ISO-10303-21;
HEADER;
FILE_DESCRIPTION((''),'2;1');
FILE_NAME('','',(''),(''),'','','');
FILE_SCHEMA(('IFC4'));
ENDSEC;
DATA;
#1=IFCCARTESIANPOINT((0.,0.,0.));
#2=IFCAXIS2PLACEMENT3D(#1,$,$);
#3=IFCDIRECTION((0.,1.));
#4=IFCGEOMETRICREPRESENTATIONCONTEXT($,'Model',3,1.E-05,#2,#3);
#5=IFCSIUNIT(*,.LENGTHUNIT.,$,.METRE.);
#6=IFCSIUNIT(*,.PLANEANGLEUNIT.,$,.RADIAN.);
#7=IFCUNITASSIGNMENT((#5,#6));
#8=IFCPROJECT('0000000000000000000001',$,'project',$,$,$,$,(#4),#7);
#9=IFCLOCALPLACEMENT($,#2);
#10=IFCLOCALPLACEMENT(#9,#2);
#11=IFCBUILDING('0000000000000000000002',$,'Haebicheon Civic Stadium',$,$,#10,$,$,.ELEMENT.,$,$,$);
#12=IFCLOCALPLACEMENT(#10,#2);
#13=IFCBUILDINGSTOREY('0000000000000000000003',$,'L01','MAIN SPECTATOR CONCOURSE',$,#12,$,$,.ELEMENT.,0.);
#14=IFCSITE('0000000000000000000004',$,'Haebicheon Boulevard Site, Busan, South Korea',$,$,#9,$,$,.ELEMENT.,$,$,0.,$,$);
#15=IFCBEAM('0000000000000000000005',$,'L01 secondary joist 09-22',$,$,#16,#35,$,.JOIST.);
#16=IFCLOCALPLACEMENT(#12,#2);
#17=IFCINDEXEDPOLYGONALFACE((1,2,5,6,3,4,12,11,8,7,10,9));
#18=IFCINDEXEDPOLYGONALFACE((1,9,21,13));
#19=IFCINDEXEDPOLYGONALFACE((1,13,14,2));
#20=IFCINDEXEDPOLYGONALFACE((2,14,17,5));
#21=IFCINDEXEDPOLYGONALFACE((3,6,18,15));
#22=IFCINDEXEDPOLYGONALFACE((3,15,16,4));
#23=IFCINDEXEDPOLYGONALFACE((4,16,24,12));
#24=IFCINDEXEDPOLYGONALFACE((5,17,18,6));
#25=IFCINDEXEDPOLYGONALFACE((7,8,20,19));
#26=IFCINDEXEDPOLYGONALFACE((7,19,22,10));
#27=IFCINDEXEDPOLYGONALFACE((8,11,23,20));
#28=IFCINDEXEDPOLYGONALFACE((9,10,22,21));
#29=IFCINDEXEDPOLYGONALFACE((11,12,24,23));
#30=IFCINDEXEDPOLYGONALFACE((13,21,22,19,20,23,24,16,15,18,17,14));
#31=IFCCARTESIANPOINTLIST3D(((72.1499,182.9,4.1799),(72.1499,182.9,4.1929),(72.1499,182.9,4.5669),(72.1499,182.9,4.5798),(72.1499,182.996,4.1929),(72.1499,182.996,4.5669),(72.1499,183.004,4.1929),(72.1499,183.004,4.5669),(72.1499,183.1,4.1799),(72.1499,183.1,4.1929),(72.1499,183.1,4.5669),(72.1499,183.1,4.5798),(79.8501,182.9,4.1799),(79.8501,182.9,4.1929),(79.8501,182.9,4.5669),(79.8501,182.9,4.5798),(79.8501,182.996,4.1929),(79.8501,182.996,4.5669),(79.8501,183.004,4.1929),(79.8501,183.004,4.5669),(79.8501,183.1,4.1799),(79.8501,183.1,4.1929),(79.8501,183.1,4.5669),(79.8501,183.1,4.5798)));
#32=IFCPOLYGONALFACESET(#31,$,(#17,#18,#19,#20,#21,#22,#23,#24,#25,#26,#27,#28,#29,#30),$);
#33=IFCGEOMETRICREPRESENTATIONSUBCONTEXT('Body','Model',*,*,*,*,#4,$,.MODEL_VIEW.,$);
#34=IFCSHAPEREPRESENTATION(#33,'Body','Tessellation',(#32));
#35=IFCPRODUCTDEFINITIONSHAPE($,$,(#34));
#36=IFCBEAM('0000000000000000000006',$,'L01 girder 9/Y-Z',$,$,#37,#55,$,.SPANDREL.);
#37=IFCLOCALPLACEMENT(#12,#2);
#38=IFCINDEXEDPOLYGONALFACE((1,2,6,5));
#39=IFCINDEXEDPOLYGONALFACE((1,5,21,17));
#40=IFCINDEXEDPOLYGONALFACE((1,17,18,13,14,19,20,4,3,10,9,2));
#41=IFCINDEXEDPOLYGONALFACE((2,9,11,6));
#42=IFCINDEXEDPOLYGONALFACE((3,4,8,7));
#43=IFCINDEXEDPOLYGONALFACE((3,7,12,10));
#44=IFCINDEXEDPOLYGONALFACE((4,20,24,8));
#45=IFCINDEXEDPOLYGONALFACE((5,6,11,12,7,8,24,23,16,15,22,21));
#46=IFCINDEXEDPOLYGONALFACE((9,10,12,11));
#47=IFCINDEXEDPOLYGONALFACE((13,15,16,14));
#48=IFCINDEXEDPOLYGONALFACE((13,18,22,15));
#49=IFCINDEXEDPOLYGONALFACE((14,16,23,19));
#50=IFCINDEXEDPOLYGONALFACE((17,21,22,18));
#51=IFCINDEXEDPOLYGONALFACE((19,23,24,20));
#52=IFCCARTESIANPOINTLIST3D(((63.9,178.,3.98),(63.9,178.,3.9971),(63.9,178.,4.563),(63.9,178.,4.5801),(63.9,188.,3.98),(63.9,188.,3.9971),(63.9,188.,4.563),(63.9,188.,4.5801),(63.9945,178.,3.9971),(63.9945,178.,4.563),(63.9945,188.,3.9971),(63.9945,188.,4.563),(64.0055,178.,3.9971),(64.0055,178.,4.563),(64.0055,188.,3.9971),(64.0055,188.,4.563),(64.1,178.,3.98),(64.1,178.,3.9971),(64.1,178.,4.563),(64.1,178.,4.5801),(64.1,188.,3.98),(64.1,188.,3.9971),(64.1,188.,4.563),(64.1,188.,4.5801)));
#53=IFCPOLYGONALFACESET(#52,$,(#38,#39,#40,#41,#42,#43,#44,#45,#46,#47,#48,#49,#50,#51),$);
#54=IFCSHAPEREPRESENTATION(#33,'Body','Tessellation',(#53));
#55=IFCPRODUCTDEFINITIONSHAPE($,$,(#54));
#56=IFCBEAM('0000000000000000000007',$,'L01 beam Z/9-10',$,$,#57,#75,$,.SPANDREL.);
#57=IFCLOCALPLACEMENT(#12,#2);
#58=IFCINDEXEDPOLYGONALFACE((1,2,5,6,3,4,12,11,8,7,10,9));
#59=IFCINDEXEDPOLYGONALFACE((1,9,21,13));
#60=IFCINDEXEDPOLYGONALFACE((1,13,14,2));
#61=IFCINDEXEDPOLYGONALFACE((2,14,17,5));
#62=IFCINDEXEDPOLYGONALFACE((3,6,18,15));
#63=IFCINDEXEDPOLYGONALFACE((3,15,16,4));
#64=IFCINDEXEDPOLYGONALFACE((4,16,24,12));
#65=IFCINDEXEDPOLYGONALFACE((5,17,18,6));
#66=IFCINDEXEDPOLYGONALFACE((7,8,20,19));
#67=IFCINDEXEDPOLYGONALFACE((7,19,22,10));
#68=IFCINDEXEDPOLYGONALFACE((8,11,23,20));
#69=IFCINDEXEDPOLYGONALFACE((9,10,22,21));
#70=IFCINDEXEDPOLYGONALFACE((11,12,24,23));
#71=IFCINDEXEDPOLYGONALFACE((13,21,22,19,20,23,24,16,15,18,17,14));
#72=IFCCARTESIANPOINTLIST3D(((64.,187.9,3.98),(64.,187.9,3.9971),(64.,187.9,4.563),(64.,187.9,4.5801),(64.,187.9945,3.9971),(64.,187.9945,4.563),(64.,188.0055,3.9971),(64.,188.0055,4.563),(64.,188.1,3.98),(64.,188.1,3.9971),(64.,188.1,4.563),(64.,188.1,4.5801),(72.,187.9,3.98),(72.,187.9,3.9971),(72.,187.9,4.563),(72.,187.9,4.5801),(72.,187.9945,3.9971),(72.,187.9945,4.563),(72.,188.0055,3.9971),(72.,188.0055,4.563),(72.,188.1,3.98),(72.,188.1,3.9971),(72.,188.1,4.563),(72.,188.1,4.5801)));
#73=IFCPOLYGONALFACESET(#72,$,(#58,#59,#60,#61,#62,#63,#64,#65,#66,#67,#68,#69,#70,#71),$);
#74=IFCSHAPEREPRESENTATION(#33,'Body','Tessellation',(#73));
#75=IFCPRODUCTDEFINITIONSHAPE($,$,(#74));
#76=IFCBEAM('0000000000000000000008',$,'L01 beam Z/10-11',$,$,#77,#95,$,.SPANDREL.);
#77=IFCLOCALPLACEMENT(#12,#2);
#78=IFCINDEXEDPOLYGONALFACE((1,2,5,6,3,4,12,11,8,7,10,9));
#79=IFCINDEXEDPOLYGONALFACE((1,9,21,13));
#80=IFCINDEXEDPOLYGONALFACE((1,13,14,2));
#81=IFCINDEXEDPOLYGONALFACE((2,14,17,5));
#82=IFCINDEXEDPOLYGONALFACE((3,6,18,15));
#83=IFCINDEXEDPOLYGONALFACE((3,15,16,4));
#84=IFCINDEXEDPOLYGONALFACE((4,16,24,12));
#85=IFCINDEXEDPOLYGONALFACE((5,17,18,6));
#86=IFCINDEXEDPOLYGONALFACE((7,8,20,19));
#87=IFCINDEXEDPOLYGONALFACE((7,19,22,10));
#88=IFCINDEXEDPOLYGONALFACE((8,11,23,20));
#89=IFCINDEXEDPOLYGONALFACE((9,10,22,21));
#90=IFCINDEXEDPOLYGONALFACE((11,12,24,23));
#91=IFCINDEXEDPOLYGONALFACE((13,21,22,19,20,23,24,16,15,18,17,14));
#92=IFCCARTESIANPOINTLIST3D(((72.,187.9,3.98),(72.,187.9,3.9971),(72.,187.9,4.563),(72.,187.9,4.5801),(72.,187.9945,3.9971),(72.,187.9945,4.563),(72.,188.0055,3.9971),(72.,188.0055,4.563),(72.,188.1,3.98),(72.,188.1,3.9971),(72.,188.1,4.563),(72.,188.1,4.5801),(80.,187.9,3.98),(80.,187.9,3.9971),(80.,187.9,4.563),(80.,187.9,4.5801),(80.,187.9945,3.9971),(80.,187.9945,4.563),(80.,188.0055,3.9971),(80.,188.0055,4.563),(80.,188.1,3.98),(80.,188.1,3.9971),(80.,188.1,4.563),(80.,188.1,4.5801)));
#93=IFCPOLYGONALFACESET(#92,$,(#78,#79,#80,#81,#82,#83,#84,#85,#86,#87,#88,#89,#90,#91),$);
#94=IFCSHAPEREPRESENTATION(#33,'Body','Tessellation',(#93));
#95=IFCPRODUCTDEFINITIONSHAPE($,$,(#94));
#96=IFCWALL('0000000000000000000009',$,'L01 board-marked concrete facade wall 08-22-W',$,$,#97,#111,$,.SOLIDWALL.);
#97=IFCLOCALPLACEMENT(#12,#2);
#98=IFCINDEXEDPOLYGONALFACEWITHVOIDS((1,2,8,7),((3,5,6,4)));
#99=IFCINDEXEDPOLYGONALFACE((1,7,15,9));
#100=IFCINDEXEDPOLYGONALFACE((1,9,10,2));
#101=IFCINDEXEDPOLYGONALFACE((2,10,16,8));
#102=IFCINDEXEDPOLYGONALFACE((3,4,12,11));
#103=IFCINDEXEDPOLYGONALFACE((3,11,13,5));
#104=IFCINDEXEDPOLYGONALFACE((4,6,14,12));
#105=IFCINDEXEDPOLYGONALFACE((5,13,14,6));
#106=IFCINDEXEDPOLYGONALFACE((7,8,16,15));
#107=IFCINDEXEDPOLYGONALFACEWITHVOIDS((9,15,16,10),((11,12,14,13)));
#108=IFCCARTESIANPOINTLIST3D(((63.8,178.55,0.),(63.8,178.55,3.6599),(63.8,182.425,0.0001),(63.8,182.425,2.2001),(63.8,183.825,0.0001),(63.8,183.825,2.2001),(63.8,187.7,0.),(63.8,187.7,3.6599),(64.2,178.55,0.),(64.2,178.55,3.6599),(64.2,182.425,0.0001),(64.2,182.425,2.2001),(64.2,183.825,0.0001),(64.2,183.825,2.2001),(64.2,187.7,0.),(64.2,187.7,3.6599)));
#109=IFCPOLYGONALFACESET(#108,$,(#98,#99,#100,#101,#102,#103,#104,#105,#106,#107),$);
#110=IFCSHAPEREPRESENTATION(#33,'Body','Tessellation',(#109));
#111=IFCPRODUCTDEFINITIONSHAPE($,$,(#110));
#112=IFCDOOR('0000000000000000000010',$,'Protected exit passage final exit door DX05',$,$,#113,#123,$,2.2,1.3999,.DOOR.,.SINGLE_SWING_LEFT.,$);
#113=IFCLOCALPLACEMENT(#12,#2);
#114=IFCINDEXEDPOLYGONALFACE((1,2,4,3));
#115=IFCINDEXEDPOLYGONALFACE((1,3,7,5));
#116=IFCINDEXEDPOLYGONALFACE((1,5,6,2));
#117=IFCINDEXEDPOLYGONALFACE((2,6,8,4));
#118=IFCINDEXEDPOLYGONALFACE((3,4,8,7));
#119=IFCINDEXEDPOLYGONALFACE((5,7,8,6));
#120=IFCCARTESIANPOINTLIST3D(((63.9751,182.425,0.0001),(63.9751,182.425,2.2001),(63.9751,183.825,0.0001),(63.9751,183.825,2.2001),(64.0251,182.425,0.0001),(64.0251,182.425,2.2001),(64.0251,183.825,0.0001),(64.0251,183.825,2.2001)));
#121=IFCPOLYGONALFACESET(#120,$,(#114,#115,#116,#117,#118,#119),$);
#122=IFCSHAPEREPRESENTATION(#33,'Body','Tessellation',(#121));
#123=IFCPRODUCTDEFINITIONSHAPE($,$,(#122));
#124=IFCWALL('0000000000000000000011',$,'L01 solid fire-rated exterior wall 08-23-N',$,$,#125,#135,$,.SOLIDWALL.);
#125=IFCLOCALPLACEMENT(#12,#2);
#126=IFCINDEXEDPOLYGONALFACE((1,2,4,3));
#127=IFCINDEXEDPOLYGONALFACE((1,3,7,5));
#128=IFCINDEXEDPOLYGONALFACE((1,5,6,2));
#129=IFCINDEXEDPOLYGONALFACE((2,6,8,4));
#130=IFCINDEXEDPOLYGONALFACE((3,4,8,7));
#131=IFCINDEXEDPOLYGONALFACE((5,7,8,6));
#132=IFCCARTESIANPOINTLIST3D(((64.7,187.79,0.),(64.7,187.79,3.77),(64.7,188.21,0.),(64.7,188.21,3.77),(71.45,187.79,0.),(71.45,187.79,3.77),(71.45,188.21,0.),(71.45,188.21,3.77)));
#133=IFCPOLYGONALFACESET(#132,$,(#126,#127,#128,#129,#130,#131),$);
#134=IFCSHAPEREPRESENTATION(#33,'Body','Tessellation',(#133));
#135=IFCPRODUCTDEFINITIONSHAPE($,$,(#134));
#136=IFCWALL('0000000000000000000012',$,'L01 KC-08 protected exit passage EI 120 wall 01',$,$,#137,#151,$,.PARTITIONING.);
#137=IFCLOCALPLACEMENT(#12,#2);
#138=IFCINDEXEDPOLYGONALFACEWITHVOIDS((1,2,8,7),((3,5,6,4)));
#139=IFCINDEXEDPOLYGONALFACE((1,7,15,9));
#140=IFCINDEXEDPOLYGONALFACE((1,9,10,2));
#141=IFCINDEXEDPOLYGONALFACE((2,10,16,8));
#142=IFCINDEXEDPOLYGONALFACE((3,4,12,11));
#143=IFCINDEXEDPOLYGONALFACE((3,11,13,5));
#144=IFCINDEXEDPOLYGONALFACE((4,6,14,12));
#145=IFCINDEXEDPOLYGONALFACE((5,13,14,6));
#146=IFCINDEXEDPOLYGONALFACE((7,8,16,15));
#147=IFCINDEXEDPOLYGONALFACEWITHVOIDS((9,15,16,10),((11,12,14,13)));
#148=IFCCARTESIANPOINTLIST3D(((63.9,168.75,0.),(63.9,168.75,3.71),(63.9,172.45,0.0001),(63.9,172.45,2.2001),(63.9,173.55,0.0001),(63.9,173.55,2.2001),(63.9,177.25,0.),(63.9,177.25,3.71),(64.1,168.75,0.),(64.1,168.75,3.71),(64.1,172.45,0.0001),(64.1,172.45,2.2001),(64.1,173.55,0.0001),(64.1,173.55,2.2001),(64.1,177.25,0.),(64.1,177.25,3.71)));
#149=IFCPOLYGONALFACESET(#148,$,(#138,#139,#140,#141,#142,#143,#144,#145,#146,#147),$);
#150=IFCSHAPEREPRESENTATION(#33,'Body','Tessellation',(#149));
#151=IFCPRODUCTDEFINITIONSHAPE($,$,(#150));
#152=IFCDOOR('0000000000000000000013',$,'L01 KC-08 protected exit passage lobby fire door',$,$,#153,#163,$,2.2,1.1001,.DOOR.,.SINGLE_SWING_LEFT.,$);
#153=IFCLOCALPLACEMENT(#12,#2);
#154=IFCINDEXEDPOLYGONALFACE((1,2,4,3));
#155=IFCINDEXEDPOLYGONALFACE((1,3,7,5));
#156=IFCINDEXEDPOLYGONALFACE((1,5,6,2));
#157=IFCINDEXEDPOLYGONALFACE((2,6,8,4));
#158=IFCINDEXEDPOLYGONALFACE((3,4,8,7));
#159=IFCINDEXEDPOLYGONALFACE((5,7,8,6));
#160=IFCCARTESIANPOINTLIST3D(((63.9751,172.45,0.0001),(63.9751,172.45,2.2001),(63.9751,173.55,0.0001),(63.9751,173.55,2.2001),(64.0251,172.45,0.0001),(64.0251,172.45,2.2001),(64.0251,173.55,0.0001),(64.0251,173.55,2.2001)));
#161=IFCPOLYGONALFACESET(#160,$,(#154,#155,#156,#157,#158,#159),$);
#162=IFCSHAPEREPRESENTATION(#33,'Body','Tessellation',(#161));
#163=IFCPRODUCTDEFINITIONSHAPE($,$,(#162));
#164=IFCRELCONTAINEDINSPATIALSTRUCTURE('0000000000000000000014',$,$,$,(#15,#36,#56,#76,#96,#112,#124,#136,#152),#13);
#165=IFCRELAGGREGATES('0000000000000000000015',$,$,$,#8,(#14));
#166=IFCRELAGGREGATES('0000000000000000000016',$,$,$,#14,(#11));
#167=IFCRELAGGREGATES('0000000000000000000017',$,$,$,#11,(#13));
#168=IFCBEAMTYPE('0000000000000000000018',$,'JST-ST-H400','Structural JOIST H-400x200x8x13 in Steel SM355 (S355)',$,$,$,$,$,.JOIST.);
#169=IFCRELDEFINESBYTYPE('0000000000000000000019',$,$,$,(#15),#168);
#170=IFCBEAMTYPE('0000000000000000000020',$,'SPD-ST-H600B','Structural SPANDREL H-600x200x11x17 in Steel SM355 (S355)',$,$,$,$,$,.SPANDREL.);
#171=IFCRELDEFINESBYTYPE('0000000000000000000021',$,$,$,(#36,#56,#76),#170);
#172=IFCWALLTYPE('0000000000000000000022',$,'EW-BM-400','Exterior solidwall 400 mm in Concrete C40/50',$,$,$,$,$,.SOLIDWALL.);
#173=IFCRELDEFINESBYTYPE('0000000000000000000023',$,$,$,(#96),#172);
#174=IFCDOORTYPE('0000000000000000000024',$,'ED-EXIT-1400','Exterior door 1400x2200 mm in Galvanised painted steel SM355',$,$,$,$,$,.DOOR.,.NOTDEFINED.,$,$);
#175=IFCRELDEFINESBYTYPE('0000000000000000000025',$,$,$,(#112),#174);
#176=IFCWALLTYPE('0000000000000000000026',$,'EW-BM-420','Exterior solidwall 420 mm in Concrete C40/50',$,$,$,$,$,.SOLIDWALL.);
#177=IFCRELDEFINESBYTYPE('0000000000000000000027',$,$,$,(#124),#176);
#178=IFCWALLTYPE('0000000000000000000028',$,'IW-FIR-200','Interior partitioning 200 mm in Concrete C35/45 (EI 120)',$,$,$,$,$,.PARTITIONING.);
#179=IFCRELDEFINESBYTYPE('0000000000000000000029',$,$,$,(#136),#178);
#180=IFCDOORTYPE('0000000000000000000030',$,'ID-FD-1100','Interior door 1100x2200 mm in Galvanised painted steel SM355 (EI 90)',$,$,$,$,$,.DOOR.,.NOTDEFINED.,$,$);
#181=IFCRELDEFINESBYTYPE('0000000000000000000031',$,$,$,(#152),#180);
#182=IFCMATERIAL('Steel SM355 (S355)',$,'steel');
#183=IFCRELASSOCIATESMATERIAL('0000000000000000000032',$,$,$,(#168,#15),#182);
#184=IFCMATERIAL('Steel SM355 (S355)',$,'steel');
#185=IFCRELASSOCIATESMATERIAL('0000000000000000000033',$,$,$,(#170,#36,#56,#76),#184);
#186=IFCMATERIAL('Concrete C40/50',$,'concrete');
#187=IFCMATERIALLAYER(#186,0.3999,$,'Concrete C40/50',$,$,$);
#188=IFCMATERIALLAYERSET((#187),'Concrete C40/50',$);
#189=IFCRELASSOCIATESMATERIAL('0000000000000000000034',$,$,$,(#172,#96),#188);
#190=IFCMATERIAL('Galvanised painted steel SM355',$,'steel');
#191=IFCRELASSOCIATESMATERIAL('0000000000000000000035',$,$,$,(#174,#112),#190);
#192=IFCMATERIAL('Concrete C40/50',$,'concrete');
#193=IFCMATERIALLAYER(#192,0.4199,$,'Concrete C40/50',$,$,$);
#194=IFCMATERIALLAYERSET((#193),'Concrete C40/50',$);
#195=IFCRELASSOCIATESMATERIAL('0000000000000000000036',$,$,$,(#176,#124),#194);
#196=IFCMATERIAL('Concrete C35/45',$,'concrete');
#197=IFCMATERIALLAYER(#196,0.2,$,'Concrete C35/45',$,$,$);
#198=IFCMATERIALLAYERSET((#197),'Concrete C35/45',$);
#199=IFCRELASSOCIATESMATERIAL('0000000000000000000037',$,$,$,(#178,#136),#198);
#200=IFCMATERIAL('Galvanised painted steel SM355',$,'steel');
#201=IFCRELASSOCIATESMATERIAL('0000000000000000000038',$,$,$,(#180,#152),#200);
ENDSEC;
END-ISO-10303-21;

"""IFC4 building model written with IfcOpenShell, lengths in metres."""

from ifc_helpers import new_model, si_unit, direction, frame, frame_2d, origin, origin_2d, place, context, subcontext, project, spatial, rectangle, i_section, extrude, material, layer, layer_set, material_profile, profile_set, type_object, element, fill, save


model = new_model("IFC4")

# Units and contexts
model_context = context("Model", 3, precision=1e-05, world=origin(), true_north=direction((0.0, 1.0)))
body_context = subcontext(model_context, "Body", "Model", "MODEL_VIEW")
ifc_project = project(units=[si_unit("LENGTHUNIT", "METRE"), si_unit("PLANEANGLEUNIT", "RADIAN")], contexts=[model_context])

# Site, building, storey
site_placement = place(None, origin())
site = spatial("IfcSite", under=ifc_project, at=site_placement, Name="Haebicheon Boulevard Site, Busan, South Korea", CompositionType="ELEMENT", RefElevation=0.0)
building_placement = place(site_placement, origin())
building = spatial("IfcBuilding", under=site, at=building_placement, Name="Haebicheon Civic Stadium", CompositionType="ELEMENT")
storey_placement = place(building_placement, origin())
storey = spatial("IfcBuildingStorey", under=building, at=storey_placement, Name="L01", Description="MAIN SPECTATOR CONCOURSE", CompositionType="ELEMENT", Elevation=0.0)

# Beams
ifc_material_1 = material(Name="Steel SM355 (S355)", Category="steel")
ifc_material_profile_1 = material_profile(ifc_material_1, i_section(OverallWidth=0.2, OverallDepth=0.3999, WebThickness=0.0081, FlangeThickness=0.0129, at=origin_2d()), Name="H-400x200x8x13")
ifc_profile_set_1 = profile_set([ifc_material_profile_1], Name="Steel SM355 (S355)")
beam_type_1 = type_object("IfcBeamType", Name="JST-ST-H400", Description="Structural JOIST H-400x200x8x13 in Steel SM355 (S355)", PredefinedType="JOIST", material=ifc_profile_set_1)
for number, where, z_axis, x_axis, name in (
    (1, (72.1499, 183.0, 4.3799), (1.0, 0.0, 0.0), (0.0, 1.0, 0.0), "L01 secondary joist 09-22"),
):
    element("IfcBeam", number, at=place(storey_placement, frame(where, z_axis=z_axis, x_axis=x_axis)), inside=storey, type_object=beam_type_1, material=ifc_profile_set_1, Name=name, PredefinedType="JOIST", context=body_context, shape_type="SweptSolid", body=[
        extrude(i_section(OverallWidth=0.2, OverallDepth=0.3999, WebThickness=0.0081, FlangeThickness=0.0129, at=origin_2d()), origin(), (0.0, 0.0, 1.0), 7.7002),
    ])
ifc_material_2 = material(Name="Steel SM355 (S355)", Category="steel")
ifc_material_profile_2 = material_profile(ifc_material_2, i_section(OverallWidth=0.2, OverallDepth=0.6001, WebThickness=0.011, FlangeThickness=0.0171, at=origin_2d()), Name="H-600x200x11x17")
ifc_profile_set_2 = profile_set([ifc_material_profile_2], Name="Steel SM355 (S355)")
beam_type_2 = type_object("IfcBeamType", Name="SPD-ST-H600B", Description="Structural SPANDREL H-600x200x11x17 in Steel SM355 (S355)", PredefinedType="SPANDREL", material=ifc_profile_set_2)
beam_1_placement = place(storey_placement, frame((64.0, 178.0, 4.28), z_axis=(0.0, 1.0, 0.0), x_axis=(-1.0, 0.0, 0.0)))
element("IfcBeam", 2, at=beam_1_placement, inside=storey, type_object=beam_type_2, material=ifc_profile_set_2, Name="L01 girder 9/Y-Z", PredefinedType="SPANDREL", context=body_context, shape_type="SweptSolid", body=[
    extrude(i_section(OverallWidth=0.2, OverallDepth=0.6001, WebThickness=0.011, FlangeThickness=0.0171, at=origin_2d()), origin(), (0.0, 0.0, 1.0), 10.0),
])
for number, where, z_axis, x_axis, name in (
    (3, (64.0, 188.0, 4.28), (1.0, 0.0, 0.0), (0.0, 1.0, 0.0), "L01 beam Z/9-10"),
    (4, (72.0, 188.0, 4.28), (1.0, 0.0, 0.0), (0.0, 1.0, 0.0), "L01 beam Z/10-11"),
):
    element("IfcBeam", number, at=place(storey_placement, frame(where, z_axis=z_axis, x_axis=x_axis)), inside=storey, type_object=beam_type_2, material=ifc_profile_set_2, Name=name, PredefinedType="SPANDREL", context=body_context, shape_type="SweptSolid", body=[
        extrude(i_section(OverallWidth=0.2, OverallDepth=0.6001, WebThickness=0.011, FlangeThickness=0.0171, at=origin_2d()), origin(), (0.0, 0.0, 1.0), 8.0),
    ])

# Wall, opening, door
ifc_material_3 = material(Name="Concrete C40/50", Category="concrete")
ifc_layer_1 = layer(ifc_material_3, 0.3999, Name="Concrete C40/50")
ifc_layer_set_1 = layer_set([ifc_layer_1], Name="Concrete C40/50")
wall_type_1 = type_object("IfcWallType", Name="EW-BM-400", Description="Exterior solidwall 400 mm in Concrete C40/50", PredefinedType="SOLIDWALL", material=ifc_layer_set_1)
wall_1_placement = place(storey_placement, frame((64.0, 178.55, 0.0), z_axis=(0.0, 0.0, 1.0), x_axis=(0.0, 1.0, 0.0)))
wall_1 = element("IfcWall", 5, at=wall_1_placement, inside=storey, type_object=wall_type_1, material=ifc_layer_set_1, Name="L01 board-marked concrete facade wall 08-22-W", PredefinedType="SOLIDWALL", context=body_context, shape_type="SweptSolid", body=[
    extrude(rectangle(XDim=9.1499, YDim=0.3999, at=frame_2d((4.575, 0.0))), origin(), (0.0, 0.0, 1.0), 3.6599),
])
opening_1_placement = place(wall_1_placement, frame((3.875, 0.0, 0.0)))
opening_1 = element("IfcOpeningElement", 6, at=opening_1_placement, cuts=wall_1, PredefinedType="OPENING", context=body_context, shape_type="SweptSolid", body=[
    extrude(rectangle(XDim=1.3999, YDim=2.2, at=frame_2d((0.7, 1.1001))), frame((0.0, 0.21, 0.0), z_axis=(0.0, -1.0, 0.0), x_axis=(1.0, 0.0, 0.0)), (0.0, 0.0, 1.0), 0.4199),
])
ifc_material_4 = material(Name="Galvanised painted steel SM355", Category="steel")
door_type_1 = type_object("IfcDoorType", Name="ED-EXIT-1400", Description="Exterior door 1400x2200 mm in Galvanised painted steel SM355", OperationType="NOTDEFINED", PredefinedType="DOOR", material=ifc_material_4)
door_1_placement = place(opening_1_placement, origin())
door_1 = element("IfcDoor", 7, at=door_1_placement, inside=storey, type_object=door_type_1, material=ifc_material_4, Name="Protected exit passage final exit door DX05", OperationType="SINGLE_SWING_LEFT", OverallHeight=2.2, OverallWidth=1.3999, PredefinedType="DOOR", context=body_context, shape_type="SweptSolid", body=[
    extrude(rectangle(XDim=1.3999, YDim=2.2, at=frame_2d((0.7, 1.1001))), frame((0.0, 0.0249, 0.0), z_axis=(0.0, -1.0, 0.0), x_axis=(1.0, 0.0, 0.0)), (0.0, 0.0, 1.0), 0.05),
])
fill(opening_1, door_1)

# Wall
ifc_material_5 = material(Name="Concrete C40/50", Category="concrete")
ifc_layer_2 = layer(ifc_material_5, 0.4199, Name="Concrete C40/50")
ifc_layer_set_2 = layer_set([ifc_layer_2], Name="Concrete C40/50")
wall_type_2 = type_object("IfcWallType", Name="EW-BM-420", Description="Exterior solidwall 420 mm in Concrete C40/50", PredefinedType="SOLIDWALL", material=ifc_layer_set_2)
wall_2_placement = place(storey_placement, frame((64.7, 188.0, 0.0), z_axis=(0.0, 0.0, 1.0), x_axis=(1.0, 0.0, 0.0)))
element("IfcWall", 8, at=wall_2_placement, inside=storey, type_object=wall_type_2, material=ifc_layer_set_2, Name="L01 solid fire-rated exterior wall 08-23-N", PredefinedType="SOLIDWALL", context=body_context, shape_type="SweptSolid", body=[
    extrude(rectangle(XDim=6.75, YDim=0.4199, at=frame_2d((3.375, 0.0))), origin(), (0.0, 0.0, 1.0), 3.77),
])

# Wall, opening, door
ifc_material_6 = material(Name="Concrete C35/45", Category="concrete")
ifc_layer_3 = layer(ifc_material_6, 0.2, Name="Concrete C35/45")
ifc_layer_set_3 = layer_set([ifc_layer_3], Name="Concrete C35/45")
wall_type_3 = type_object("IfcWallType", Name="IW-FIR-200", Description="Interior partitioning 200 mm in Concrete C35/45 (EI 120)", PredefinedType="PARTITIONING", material=ifc_layer_set_3)
wall_3_placement = place(storey_placement, frame((64.0, 168.75, 0.0), z_axis=(0.0, 0.0, 1.0), x_axis=(0.0, 1.0, 0.0)))
wall_3 = element("IfcWall", 9, at=wall_3_placement, inside=storey, type_object=wall_type_3, material=ifc_layer_set_3, Name="L01 KC-08 protected exit passage EI 120 wall 01", PredefinedType="PARTITIONING", context=body_context, shape_type="SweptSolid", body=[
    extrude(rectangle(XDim=8.5, YDim=0.2, at=frame_2d((4.25, 0.0))), origin(), (0.0, 0.0, 1.0), 3.71),
])
opening_2_placement = place(wall_3_placement, frame((3.7, 0.0, 0.0)))
opening_2 = element("IfcOpeningElement", 10, at=opening_2_placement, cuts=wall_3, PredefinedType="OPENING", context=body_context, shape_type="SweptSolid", body=[
    extrude(rectangle(XDim=1.1001, YDim=2.2, at=frame_2d((0.55, 1.1001))), frame((0.0, 0.1099, 0.0), z_axis=(0.0, -1.0, 0.0), x_axis=(1.0, 0.0, 0.0)), (0.0, 0.0, 1.0), 0.22),
])
ifc_material_7 = material(Name="Galvanised painted steel SM355", Category="steel")
door_type_2 = type_object("IfcDoorType", Name="ID-FD-1100", Description="Interior door 1100x2200 mm in Galvanised painted steel SM355 (EI 90)", OperationType="NOTDEFINED", PredefinedType="DOOR", material=ifc_material_7)
door_2_placement = place(opening_2_placement, origin())
door_2 = element("IfcDoor", 11, at=door_2_placement, inside=storey, type_object=door_type_2, material=ifc_material_7, Name="L01 KC-08 protected exit passage lobby fire door", OperationType="SINGLE_SWING_LEFT", OverallHeight=2.2, OverallWidth=1.1001, PredefinedType="DOOR", context=body_context, shape_type="SweptSolid", body=[
    extrude(rectangle(XDim=1.1001, YDim=2.2, at=frame_2d((0.55, 1.1001))), frame((0.0, 0.0249, 0.0), z_axis=(0.0, -1.0, 0.0), x_axis=(1.0, 0.0, 0.0)), (0.0, 0.0, 1.0), 0.05),
])
fill(opening_2, door_2)

save(model, "model.ifc")
